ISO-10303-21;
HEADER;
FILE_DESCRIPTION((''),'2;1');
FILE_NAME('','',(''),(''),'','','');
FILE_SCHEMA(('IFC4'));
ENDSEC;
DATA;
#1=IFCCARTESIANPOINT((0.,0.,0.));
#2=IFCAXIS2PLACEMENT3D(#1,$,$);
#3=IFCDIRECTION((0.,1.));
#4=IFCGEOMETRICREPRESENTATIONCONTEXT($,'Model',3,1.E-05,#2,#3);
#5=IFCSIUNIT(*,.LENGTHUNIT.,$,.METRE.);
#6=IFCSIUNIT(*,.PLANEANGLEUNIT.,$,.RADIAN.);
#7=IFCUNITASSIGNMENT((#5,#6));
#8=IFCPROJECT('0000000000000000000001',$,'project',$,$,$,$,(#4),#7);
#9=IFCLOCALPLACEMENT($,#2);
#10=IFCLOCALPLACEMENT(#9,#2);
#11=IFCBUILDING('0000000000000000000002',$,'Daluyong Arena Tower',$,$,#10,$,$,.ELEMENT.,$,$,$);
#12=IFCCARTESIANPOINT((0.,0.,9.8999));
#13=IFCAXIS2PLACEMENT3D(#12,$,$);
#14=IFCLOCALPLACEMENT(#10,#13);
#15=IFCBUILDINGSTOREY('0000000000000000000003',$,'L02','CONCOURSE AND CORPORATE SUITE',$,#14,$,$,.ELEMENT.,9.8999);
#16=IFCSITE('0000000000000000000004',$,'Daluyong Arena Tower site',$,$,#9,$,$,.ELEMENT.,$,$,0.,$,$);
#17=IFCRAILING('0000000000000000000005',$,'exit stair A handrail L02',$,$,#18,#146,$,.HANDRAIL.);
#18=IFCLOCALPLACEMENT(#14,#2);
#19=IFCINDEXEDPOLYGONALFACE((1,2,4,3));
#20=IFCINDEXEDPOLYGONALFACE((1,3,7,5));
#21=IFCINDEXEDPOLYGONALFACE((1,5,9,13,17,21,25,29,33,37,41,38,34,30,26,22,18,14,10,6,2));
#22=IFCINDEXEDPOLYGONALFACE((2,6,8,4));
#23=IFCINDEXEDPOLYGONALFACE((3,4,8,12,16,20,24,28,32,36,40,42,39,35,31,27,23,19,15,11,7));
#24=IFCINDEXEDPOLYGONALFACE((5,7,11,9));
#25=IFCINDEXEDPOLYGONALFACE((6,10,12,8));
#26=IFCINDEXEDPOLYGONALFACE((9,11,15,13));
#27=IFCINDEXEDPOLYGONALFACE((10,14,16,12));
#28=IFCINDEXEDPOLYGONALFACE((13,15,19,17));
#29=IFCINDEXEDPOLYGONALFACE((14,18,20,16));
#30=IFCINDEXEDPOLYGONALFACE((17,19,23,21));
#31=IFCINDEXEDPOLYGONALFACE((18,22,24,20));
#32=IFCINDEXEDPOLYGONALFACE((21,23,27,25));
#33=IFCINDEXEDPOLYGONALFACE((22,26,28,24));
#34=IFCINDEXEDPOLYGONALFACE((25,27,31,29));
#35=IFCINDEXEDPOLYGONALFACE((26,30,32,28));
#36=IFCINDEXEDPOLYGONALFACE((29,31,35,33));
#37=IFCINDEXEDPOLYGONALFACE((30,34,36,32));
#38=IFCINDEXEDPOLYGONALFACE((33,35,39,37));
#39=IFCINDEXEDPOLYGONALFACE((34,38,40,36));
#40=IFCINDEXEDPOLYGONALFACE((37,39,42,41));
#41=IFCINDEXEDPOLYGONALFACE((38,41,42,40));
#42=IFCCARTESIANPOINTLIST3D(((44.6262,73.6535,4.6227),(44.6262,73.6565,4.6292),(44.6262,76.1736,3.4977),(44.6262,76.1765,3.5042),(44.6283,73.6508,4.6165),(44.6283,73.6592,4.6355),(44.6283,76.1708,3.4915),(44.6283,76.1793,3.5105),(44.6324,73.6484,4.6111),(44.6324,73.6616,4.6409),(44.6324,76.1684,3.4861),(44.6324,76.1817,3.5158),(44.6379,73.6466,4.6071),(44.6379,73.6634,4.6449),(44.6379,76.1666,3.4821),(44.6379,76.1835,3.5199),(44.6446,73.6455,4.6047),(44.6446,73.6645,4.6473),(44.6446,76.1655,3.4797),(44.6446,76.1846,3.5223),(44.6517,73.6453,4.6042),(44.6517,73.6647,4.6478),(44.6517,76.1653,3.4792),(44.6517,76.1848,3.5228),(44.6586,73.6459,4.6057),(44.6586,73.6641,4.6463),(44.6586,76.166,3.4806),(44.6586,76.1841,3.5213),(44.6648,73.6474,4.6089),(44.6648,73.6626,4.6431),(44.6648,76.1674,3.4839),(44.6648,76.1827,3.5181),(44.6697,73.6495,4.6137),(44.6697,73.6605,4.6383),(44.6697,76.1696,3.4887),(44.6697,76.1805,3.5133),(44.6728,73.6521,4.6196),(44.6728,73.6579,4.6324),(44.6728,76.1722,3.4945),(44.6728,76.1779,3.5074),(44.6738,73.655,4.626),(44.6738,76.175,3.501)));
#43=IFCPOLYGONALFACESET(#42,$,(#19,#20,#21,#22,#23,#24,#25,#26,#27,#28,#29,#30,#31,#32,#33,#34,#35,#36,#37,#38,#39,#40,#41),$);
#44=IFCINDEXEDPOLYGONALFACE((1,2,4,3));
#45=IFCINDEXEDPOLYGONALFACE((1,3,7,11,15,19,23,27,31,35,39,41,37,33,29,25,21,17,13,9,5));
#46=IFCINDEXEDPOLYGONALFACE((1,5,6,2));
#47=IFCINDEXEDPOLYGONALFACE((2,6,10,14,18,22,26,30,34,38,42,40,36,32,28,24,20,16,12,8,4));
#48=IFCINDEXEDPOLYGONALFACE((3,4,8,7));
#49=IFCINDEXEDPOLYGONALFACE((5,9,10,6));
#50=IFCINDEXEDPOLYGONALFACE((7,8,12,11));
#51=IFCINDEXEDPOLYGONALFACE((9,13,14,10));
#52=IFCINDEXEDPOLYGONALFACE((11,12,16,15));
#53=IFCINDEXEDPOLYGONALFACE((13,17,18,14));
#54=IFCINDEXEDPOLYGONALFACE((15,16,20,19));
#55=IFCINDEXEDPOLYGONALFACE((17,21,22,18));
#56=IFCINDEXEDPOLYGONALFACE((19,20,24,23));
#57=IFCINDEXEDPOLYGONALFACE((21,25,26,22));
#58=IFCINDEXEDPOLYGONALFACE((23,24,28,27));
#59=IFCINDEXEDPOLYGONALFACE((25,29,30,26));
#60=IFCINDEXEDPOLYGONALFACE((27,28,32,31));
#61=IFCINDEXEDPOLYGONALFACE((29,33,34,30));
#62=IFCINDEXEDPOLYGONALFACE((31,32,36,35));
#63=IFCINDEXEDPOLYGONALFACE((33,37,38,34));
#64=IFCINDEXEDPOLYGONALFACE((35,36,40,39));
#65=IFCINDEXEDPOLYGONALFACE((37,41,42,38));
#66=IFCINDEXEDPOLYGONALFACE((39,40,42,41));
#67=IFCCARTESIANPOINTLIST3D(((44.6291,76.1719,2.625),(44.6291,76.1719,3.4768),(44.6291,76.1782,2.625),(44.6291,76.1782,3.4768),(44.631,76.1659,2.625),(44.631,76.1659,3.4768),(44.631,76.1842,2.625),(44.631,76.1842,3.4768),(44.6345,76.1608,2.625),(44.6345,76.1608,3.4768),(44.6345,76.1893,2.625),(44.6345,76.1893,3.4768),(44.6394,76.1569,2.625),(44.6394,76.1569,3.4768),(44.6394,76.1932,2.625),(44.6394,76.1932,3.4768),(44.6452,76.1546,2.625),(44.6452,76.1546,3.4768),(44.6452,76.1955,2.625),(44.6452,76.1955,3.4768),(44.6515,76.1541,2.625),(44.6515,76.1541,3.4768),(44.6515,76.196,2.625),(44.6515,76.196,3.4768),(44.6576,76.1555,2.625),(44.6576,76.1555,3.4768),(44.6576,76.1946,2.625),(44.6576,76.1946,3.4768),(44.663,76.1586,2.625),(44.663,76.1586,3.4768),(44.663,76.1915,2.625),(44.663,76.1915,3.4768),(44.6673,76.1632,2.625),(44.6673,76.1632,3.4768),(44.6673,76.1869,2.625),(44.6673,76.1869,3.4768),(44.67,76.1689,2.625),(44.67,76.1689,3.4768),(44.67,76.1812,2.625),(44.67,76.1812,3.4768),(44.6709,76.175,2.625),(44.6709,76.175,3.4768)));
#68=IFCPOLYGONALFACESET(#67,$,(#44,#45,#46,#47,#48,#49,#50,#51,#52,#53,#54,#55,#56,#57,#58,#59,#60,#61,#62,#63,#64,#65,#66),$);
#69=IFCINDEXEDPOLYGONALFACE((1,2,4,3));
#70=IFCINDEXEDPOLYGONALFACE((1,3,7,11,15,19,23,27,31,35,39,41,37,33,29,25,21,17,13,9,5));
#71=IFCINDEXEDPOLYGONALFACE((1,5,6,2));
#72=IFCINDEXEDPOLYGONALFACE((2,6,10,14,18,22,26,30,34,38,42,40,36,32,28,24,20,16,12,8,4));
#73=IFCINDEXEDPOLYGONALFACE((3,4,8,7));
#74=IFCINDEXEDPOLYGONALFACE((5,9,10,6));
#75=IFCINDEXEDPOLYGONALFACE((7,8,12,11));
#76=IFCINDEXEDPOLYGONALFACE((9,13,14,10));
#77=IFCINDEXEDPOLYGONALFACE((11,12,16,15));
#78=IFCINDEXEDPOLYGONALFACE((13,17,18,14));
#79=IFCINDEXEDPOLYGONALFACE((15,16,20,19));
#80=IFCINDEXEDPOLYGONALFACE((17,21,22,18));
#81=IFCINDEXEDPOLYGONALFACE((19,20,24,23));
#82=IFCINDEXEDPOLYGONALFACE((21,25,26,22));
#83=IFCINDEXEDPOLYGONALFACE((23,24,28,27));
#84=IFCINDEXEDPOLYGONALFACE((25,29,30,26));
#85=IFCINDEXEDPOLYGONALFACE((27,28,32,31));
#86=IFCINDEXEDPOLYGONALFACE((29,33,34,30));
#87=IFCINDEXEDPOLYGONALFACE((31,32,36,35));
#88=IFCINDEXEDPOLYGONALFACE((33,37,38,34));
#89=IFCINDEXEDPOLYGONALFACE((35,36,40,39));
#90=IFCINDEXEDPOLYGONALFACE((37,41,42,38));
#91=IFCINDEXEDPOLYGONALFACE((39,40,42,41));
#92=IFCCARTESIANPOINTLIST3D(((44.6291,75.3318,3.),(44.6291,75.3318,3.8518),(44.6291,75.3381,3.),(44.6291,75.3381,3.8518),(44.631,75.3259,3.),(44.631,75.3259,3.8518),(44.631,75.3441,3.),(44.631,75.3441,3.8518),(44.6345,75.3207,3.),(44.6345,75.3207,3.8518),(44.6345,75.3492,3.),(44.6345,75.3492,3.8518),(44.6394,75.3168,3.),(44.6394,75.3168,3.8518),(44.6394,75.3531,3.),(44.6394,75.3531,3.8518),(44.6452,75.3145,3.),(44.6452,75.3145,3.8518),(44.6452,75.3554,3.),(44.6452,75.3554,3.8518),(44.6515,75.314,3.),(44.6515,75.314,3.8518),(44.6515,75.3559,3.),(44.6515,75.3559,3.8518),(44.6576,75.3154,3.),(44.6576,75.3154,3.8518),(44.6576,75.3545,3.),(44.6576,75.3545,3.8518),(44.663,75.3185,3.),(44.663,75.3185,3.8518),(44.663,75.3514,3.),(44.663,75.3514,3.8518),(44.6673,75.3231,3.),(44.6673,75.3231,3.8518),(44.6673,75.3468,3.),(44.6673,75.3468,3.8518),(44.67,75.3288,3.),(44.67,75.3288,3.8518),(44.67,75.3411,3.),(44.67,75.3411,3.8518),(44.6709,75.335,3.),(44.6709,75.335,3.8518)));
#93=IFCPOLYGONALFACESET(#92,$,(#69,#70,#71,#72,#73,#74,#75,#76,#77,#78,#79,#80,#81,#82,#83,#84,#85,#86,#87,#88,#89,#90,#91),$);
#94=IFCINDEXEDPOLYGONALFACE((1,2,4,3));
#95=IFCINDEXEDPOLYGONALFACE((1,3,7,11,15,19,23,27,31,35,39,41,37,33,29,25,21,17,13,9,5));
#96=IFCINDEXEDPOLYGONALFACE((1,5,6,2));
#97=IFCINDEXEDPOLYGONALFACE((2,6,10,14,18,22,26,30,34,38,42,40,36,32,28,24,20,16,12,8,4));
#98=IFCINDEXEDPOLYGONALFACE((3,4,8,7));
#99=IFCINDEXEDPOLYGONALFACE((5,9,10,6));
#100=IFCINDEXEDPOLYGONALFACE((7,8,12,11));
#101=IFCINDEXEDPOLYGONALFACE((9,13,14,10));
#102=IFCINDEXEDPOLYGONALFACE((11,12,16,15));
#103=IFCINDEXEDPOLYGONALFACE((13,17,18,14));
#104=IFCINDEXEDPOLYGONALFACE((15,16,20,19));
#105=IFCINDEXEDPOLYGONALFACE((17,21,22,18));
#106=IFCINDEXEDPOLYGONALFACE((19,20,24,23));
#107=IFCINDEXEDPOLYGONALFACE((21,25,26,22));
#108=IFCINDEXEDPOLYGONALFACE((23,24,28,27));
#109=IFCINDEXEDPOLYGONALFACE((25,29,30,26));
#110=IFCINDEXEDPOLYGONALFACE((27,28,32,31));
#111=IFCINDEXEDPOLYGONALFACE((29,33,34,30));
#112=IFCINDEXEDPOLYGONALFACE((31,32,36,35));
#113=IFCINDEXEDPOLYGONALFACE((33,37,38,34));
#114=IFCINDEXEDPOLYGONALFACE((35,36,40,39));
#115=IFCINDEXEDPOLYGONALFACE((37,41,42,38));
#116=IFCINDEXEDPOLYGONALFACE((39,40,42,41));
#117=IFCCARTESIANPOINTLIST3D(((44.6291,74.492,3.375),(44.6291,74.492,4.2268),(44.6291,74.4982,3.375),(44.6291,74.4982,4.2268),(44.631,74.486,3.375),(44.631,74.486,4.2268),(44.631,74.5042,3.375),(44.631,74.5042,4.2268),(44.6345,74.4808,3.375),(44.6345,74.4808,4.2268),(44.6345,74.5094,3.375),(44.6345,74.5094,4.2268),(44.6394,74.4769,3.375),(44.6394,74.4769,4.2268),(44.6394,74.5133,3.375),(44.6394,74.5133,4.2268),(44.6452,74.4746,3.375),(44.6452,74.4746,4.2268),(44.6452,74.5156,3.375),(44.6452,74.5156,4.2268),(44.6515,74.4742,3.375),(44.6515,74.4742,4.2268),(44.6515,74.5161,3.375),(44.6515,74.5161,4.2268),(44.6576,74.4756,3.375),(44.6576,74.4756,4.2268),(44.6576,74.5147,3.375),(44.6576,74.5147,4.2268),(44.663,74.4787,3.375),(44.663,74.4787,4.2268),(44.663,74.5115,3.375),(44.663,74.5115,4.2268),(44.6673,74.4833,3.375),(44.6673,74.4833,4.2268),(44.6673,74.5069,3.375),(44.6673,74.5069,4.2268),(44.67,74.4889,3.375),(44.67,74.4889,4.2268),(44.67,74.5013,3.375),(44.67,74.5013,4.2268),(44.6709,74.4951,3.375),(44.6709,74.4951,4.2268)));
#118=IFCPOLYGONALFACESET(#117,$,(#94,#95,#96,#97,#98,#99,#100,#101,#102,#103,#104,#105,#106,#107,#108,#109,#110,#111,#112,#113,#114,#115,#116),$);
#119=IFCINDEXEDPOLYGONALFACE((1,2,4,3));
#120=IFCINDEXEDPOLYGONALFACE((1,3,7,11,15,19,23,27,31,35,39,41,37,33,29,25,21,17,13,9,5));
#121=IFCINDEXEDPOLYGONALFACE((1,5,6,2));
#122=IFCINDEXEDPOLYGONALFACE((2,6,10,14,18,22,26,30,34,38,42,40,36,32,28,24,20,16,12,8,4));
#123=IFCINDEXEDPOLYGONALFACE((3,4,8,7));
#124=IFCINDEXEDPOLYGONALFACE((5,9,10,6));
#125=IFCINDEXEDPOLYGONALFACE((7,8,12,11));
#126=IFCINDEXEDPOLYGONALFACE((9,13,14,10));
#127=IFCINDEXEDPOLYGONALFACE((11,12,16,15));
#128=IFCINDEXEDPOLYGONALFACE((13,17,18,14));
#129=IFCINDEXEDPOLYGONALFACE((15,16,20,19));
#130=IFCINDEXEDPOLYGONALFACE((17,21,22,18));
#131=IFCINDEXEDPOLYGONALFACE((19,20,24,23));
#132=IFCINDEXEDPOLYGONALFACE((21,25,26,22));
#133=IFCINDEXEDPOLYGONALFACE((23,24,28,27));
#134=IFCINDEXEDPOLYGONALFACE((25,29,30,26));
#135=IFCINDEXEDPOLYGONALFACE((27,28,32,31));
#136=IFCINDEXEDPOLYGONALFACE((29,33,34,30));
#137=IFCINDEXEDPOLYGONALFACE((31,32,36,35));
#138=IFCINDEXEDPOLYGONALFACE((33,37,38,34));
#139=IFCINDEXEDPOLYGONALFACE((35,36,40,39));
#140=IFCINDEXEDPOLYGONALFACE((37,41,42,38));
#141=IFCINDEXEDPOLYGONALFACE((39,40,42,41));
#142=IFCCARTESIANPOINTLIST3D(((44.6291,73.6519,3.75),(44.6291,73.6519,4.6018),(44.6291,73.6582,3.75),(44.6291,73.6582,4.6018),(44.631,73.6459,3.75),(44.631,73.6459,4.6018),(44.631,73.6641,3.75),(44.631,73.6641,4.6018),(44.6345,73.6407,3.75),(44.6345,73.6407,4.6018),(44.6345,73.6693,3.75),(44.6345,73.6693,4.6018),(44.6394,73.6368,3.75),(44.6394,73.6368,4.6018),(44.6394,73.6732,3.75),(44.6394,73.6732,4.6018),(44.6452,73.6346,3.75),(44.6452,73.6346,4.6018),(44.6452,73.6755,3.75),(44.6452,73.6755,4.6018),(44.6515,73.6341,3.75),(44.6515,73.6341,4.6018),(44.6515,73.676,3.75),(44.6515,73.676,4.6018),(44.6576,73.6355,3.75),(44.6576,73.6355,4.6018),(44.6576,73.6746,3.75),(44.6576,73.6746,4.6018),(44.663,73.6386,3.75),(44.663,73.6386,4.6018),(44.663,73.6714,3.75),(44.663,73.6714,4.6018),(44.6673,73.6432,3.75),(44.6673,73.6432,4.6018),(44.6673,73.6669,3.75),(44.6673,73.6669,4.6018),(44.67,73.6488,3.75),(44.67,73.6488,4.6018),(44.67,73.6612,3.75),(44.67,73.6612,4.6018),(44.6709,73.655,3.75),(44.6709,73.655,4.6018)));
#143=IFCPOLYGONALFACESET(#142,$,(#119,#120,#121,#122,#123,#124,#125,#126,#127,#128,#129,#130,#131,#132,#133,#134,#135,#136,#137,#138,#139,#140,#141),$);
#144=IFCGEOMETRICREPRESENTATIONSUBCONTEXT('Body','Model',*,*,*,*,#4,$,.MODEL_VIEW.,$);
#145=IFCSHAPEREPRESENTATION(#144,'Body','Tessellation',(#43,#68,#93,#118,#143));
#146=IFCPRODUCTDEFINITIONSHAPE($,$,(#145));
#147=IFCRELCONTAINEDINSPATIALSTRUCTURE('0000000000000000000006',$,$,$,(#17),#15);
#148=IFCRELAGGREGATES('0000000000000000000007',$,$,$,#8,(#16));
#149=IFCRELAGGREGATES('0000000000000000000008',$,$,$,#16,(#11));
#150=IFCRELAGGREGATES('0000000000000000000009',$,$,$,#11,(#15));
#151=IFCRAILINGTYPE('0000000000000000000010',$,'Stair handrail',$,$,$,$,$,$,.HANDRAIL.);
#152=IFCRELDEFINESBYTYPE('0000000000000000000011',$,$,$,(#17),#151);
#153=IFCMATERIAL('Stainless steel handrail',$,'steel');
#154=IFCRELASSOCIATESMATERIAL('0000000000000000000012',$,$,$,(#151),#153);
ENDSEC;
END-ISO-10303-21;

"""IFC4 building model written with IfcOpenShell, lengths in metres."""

from ifc_helpers import new_model, si_unit, direction, frame, origin, origin_2d, place, context, subcontext, project, spatial, circle, extrude, material, type_object, element, save


model = new_model("IFC4")

# Units and contexts
model_context = context("Model", 3, precision=1e-05, world=origin(), true_north=direction((0.0, 1.0)))
body_context = subcontext(model_context, "Body", "Model", "MODEL_VIEW")
ifc_project = project(units=[si_unit("LENGTHUNIT", "METRE"), si_unit("PLANEANGLEUNIT", "RADIAN")], contexts=[model_context])

# Site, building, storey
site_placement = place(None, origin())
site = spatial("IfcSite", under=ifc_project, at=site_placement, Name="Daluyong Arena Tower site", CompositionType="ELEMENT", RefElevation=0.0)
building_placement = place(site_placement, origin())
building = spatial("IfcBuilding", under=site, at=building_placement, Name="Daluyong Arena Tower", CompositionType="ELEMENT")
storey_placement = place(building_placement, frame((0.0, 0.0, 9.8999)))
storey = spatial("IfcBuildingStorey", under=building, at=storey_placement, Name="L02", Description="CONCOURSE AND CORPORATE SUITE", CompositionType="ELEMENT", Elevation=9.8999)

# Railing
ifc_material_1 = material(Name="Stainless steel handrail", Category="steel")
railing_type_1 = type_object("IfcRailingType", Name="Stair handrail", PredefinedType="HANDRAIL", material=ifc_material_1)
for number, where, name in (
    (1, (44.6499, 76.175, 2.625), "exit stair A handrail L02"),
):
    element("IfcRailing", number, at=place(storey_placement, frame(where)), inside=storey, type_object=railing_type_1, Name=name, PredefinedType="HANDRAIL", context=body_context, shape_type="SweptSolid", body=[
        extrude(circle(Radius=0.0239, at=origin_2d()), frame((0.0, 0.0, 0.876), z_axis=(0.0, -0.913139, 0.407648), x_axis=(1.0, 0.0, 0.0)), (0.0, 0.0, 1.0), 2.7598),
        extrude(circle(Radius=0.021, at=origin_2d()), origin(), (0.0, 0.0, 1.0), 0.8518),
        extrude(circle(Radius=0.021, at=origin_2d()), frame((0.0, -0.8401, 0.375)), (0.0, 0.0, 1.0), 0.8518),
        extrude(circle(Radius=0.021, at=origin_2d()), frame((0.0, -1.6799, 0.75)), (0.0, 0.0, 1.0), 0.8518),
        extrude(circle(Radius=0.021, at=origin_2d()), frame((0.0, -2.52, 1.125)), (0.0, 0.0, 1.0), 0.8518),
    ])

save(model, "model.ifc")
